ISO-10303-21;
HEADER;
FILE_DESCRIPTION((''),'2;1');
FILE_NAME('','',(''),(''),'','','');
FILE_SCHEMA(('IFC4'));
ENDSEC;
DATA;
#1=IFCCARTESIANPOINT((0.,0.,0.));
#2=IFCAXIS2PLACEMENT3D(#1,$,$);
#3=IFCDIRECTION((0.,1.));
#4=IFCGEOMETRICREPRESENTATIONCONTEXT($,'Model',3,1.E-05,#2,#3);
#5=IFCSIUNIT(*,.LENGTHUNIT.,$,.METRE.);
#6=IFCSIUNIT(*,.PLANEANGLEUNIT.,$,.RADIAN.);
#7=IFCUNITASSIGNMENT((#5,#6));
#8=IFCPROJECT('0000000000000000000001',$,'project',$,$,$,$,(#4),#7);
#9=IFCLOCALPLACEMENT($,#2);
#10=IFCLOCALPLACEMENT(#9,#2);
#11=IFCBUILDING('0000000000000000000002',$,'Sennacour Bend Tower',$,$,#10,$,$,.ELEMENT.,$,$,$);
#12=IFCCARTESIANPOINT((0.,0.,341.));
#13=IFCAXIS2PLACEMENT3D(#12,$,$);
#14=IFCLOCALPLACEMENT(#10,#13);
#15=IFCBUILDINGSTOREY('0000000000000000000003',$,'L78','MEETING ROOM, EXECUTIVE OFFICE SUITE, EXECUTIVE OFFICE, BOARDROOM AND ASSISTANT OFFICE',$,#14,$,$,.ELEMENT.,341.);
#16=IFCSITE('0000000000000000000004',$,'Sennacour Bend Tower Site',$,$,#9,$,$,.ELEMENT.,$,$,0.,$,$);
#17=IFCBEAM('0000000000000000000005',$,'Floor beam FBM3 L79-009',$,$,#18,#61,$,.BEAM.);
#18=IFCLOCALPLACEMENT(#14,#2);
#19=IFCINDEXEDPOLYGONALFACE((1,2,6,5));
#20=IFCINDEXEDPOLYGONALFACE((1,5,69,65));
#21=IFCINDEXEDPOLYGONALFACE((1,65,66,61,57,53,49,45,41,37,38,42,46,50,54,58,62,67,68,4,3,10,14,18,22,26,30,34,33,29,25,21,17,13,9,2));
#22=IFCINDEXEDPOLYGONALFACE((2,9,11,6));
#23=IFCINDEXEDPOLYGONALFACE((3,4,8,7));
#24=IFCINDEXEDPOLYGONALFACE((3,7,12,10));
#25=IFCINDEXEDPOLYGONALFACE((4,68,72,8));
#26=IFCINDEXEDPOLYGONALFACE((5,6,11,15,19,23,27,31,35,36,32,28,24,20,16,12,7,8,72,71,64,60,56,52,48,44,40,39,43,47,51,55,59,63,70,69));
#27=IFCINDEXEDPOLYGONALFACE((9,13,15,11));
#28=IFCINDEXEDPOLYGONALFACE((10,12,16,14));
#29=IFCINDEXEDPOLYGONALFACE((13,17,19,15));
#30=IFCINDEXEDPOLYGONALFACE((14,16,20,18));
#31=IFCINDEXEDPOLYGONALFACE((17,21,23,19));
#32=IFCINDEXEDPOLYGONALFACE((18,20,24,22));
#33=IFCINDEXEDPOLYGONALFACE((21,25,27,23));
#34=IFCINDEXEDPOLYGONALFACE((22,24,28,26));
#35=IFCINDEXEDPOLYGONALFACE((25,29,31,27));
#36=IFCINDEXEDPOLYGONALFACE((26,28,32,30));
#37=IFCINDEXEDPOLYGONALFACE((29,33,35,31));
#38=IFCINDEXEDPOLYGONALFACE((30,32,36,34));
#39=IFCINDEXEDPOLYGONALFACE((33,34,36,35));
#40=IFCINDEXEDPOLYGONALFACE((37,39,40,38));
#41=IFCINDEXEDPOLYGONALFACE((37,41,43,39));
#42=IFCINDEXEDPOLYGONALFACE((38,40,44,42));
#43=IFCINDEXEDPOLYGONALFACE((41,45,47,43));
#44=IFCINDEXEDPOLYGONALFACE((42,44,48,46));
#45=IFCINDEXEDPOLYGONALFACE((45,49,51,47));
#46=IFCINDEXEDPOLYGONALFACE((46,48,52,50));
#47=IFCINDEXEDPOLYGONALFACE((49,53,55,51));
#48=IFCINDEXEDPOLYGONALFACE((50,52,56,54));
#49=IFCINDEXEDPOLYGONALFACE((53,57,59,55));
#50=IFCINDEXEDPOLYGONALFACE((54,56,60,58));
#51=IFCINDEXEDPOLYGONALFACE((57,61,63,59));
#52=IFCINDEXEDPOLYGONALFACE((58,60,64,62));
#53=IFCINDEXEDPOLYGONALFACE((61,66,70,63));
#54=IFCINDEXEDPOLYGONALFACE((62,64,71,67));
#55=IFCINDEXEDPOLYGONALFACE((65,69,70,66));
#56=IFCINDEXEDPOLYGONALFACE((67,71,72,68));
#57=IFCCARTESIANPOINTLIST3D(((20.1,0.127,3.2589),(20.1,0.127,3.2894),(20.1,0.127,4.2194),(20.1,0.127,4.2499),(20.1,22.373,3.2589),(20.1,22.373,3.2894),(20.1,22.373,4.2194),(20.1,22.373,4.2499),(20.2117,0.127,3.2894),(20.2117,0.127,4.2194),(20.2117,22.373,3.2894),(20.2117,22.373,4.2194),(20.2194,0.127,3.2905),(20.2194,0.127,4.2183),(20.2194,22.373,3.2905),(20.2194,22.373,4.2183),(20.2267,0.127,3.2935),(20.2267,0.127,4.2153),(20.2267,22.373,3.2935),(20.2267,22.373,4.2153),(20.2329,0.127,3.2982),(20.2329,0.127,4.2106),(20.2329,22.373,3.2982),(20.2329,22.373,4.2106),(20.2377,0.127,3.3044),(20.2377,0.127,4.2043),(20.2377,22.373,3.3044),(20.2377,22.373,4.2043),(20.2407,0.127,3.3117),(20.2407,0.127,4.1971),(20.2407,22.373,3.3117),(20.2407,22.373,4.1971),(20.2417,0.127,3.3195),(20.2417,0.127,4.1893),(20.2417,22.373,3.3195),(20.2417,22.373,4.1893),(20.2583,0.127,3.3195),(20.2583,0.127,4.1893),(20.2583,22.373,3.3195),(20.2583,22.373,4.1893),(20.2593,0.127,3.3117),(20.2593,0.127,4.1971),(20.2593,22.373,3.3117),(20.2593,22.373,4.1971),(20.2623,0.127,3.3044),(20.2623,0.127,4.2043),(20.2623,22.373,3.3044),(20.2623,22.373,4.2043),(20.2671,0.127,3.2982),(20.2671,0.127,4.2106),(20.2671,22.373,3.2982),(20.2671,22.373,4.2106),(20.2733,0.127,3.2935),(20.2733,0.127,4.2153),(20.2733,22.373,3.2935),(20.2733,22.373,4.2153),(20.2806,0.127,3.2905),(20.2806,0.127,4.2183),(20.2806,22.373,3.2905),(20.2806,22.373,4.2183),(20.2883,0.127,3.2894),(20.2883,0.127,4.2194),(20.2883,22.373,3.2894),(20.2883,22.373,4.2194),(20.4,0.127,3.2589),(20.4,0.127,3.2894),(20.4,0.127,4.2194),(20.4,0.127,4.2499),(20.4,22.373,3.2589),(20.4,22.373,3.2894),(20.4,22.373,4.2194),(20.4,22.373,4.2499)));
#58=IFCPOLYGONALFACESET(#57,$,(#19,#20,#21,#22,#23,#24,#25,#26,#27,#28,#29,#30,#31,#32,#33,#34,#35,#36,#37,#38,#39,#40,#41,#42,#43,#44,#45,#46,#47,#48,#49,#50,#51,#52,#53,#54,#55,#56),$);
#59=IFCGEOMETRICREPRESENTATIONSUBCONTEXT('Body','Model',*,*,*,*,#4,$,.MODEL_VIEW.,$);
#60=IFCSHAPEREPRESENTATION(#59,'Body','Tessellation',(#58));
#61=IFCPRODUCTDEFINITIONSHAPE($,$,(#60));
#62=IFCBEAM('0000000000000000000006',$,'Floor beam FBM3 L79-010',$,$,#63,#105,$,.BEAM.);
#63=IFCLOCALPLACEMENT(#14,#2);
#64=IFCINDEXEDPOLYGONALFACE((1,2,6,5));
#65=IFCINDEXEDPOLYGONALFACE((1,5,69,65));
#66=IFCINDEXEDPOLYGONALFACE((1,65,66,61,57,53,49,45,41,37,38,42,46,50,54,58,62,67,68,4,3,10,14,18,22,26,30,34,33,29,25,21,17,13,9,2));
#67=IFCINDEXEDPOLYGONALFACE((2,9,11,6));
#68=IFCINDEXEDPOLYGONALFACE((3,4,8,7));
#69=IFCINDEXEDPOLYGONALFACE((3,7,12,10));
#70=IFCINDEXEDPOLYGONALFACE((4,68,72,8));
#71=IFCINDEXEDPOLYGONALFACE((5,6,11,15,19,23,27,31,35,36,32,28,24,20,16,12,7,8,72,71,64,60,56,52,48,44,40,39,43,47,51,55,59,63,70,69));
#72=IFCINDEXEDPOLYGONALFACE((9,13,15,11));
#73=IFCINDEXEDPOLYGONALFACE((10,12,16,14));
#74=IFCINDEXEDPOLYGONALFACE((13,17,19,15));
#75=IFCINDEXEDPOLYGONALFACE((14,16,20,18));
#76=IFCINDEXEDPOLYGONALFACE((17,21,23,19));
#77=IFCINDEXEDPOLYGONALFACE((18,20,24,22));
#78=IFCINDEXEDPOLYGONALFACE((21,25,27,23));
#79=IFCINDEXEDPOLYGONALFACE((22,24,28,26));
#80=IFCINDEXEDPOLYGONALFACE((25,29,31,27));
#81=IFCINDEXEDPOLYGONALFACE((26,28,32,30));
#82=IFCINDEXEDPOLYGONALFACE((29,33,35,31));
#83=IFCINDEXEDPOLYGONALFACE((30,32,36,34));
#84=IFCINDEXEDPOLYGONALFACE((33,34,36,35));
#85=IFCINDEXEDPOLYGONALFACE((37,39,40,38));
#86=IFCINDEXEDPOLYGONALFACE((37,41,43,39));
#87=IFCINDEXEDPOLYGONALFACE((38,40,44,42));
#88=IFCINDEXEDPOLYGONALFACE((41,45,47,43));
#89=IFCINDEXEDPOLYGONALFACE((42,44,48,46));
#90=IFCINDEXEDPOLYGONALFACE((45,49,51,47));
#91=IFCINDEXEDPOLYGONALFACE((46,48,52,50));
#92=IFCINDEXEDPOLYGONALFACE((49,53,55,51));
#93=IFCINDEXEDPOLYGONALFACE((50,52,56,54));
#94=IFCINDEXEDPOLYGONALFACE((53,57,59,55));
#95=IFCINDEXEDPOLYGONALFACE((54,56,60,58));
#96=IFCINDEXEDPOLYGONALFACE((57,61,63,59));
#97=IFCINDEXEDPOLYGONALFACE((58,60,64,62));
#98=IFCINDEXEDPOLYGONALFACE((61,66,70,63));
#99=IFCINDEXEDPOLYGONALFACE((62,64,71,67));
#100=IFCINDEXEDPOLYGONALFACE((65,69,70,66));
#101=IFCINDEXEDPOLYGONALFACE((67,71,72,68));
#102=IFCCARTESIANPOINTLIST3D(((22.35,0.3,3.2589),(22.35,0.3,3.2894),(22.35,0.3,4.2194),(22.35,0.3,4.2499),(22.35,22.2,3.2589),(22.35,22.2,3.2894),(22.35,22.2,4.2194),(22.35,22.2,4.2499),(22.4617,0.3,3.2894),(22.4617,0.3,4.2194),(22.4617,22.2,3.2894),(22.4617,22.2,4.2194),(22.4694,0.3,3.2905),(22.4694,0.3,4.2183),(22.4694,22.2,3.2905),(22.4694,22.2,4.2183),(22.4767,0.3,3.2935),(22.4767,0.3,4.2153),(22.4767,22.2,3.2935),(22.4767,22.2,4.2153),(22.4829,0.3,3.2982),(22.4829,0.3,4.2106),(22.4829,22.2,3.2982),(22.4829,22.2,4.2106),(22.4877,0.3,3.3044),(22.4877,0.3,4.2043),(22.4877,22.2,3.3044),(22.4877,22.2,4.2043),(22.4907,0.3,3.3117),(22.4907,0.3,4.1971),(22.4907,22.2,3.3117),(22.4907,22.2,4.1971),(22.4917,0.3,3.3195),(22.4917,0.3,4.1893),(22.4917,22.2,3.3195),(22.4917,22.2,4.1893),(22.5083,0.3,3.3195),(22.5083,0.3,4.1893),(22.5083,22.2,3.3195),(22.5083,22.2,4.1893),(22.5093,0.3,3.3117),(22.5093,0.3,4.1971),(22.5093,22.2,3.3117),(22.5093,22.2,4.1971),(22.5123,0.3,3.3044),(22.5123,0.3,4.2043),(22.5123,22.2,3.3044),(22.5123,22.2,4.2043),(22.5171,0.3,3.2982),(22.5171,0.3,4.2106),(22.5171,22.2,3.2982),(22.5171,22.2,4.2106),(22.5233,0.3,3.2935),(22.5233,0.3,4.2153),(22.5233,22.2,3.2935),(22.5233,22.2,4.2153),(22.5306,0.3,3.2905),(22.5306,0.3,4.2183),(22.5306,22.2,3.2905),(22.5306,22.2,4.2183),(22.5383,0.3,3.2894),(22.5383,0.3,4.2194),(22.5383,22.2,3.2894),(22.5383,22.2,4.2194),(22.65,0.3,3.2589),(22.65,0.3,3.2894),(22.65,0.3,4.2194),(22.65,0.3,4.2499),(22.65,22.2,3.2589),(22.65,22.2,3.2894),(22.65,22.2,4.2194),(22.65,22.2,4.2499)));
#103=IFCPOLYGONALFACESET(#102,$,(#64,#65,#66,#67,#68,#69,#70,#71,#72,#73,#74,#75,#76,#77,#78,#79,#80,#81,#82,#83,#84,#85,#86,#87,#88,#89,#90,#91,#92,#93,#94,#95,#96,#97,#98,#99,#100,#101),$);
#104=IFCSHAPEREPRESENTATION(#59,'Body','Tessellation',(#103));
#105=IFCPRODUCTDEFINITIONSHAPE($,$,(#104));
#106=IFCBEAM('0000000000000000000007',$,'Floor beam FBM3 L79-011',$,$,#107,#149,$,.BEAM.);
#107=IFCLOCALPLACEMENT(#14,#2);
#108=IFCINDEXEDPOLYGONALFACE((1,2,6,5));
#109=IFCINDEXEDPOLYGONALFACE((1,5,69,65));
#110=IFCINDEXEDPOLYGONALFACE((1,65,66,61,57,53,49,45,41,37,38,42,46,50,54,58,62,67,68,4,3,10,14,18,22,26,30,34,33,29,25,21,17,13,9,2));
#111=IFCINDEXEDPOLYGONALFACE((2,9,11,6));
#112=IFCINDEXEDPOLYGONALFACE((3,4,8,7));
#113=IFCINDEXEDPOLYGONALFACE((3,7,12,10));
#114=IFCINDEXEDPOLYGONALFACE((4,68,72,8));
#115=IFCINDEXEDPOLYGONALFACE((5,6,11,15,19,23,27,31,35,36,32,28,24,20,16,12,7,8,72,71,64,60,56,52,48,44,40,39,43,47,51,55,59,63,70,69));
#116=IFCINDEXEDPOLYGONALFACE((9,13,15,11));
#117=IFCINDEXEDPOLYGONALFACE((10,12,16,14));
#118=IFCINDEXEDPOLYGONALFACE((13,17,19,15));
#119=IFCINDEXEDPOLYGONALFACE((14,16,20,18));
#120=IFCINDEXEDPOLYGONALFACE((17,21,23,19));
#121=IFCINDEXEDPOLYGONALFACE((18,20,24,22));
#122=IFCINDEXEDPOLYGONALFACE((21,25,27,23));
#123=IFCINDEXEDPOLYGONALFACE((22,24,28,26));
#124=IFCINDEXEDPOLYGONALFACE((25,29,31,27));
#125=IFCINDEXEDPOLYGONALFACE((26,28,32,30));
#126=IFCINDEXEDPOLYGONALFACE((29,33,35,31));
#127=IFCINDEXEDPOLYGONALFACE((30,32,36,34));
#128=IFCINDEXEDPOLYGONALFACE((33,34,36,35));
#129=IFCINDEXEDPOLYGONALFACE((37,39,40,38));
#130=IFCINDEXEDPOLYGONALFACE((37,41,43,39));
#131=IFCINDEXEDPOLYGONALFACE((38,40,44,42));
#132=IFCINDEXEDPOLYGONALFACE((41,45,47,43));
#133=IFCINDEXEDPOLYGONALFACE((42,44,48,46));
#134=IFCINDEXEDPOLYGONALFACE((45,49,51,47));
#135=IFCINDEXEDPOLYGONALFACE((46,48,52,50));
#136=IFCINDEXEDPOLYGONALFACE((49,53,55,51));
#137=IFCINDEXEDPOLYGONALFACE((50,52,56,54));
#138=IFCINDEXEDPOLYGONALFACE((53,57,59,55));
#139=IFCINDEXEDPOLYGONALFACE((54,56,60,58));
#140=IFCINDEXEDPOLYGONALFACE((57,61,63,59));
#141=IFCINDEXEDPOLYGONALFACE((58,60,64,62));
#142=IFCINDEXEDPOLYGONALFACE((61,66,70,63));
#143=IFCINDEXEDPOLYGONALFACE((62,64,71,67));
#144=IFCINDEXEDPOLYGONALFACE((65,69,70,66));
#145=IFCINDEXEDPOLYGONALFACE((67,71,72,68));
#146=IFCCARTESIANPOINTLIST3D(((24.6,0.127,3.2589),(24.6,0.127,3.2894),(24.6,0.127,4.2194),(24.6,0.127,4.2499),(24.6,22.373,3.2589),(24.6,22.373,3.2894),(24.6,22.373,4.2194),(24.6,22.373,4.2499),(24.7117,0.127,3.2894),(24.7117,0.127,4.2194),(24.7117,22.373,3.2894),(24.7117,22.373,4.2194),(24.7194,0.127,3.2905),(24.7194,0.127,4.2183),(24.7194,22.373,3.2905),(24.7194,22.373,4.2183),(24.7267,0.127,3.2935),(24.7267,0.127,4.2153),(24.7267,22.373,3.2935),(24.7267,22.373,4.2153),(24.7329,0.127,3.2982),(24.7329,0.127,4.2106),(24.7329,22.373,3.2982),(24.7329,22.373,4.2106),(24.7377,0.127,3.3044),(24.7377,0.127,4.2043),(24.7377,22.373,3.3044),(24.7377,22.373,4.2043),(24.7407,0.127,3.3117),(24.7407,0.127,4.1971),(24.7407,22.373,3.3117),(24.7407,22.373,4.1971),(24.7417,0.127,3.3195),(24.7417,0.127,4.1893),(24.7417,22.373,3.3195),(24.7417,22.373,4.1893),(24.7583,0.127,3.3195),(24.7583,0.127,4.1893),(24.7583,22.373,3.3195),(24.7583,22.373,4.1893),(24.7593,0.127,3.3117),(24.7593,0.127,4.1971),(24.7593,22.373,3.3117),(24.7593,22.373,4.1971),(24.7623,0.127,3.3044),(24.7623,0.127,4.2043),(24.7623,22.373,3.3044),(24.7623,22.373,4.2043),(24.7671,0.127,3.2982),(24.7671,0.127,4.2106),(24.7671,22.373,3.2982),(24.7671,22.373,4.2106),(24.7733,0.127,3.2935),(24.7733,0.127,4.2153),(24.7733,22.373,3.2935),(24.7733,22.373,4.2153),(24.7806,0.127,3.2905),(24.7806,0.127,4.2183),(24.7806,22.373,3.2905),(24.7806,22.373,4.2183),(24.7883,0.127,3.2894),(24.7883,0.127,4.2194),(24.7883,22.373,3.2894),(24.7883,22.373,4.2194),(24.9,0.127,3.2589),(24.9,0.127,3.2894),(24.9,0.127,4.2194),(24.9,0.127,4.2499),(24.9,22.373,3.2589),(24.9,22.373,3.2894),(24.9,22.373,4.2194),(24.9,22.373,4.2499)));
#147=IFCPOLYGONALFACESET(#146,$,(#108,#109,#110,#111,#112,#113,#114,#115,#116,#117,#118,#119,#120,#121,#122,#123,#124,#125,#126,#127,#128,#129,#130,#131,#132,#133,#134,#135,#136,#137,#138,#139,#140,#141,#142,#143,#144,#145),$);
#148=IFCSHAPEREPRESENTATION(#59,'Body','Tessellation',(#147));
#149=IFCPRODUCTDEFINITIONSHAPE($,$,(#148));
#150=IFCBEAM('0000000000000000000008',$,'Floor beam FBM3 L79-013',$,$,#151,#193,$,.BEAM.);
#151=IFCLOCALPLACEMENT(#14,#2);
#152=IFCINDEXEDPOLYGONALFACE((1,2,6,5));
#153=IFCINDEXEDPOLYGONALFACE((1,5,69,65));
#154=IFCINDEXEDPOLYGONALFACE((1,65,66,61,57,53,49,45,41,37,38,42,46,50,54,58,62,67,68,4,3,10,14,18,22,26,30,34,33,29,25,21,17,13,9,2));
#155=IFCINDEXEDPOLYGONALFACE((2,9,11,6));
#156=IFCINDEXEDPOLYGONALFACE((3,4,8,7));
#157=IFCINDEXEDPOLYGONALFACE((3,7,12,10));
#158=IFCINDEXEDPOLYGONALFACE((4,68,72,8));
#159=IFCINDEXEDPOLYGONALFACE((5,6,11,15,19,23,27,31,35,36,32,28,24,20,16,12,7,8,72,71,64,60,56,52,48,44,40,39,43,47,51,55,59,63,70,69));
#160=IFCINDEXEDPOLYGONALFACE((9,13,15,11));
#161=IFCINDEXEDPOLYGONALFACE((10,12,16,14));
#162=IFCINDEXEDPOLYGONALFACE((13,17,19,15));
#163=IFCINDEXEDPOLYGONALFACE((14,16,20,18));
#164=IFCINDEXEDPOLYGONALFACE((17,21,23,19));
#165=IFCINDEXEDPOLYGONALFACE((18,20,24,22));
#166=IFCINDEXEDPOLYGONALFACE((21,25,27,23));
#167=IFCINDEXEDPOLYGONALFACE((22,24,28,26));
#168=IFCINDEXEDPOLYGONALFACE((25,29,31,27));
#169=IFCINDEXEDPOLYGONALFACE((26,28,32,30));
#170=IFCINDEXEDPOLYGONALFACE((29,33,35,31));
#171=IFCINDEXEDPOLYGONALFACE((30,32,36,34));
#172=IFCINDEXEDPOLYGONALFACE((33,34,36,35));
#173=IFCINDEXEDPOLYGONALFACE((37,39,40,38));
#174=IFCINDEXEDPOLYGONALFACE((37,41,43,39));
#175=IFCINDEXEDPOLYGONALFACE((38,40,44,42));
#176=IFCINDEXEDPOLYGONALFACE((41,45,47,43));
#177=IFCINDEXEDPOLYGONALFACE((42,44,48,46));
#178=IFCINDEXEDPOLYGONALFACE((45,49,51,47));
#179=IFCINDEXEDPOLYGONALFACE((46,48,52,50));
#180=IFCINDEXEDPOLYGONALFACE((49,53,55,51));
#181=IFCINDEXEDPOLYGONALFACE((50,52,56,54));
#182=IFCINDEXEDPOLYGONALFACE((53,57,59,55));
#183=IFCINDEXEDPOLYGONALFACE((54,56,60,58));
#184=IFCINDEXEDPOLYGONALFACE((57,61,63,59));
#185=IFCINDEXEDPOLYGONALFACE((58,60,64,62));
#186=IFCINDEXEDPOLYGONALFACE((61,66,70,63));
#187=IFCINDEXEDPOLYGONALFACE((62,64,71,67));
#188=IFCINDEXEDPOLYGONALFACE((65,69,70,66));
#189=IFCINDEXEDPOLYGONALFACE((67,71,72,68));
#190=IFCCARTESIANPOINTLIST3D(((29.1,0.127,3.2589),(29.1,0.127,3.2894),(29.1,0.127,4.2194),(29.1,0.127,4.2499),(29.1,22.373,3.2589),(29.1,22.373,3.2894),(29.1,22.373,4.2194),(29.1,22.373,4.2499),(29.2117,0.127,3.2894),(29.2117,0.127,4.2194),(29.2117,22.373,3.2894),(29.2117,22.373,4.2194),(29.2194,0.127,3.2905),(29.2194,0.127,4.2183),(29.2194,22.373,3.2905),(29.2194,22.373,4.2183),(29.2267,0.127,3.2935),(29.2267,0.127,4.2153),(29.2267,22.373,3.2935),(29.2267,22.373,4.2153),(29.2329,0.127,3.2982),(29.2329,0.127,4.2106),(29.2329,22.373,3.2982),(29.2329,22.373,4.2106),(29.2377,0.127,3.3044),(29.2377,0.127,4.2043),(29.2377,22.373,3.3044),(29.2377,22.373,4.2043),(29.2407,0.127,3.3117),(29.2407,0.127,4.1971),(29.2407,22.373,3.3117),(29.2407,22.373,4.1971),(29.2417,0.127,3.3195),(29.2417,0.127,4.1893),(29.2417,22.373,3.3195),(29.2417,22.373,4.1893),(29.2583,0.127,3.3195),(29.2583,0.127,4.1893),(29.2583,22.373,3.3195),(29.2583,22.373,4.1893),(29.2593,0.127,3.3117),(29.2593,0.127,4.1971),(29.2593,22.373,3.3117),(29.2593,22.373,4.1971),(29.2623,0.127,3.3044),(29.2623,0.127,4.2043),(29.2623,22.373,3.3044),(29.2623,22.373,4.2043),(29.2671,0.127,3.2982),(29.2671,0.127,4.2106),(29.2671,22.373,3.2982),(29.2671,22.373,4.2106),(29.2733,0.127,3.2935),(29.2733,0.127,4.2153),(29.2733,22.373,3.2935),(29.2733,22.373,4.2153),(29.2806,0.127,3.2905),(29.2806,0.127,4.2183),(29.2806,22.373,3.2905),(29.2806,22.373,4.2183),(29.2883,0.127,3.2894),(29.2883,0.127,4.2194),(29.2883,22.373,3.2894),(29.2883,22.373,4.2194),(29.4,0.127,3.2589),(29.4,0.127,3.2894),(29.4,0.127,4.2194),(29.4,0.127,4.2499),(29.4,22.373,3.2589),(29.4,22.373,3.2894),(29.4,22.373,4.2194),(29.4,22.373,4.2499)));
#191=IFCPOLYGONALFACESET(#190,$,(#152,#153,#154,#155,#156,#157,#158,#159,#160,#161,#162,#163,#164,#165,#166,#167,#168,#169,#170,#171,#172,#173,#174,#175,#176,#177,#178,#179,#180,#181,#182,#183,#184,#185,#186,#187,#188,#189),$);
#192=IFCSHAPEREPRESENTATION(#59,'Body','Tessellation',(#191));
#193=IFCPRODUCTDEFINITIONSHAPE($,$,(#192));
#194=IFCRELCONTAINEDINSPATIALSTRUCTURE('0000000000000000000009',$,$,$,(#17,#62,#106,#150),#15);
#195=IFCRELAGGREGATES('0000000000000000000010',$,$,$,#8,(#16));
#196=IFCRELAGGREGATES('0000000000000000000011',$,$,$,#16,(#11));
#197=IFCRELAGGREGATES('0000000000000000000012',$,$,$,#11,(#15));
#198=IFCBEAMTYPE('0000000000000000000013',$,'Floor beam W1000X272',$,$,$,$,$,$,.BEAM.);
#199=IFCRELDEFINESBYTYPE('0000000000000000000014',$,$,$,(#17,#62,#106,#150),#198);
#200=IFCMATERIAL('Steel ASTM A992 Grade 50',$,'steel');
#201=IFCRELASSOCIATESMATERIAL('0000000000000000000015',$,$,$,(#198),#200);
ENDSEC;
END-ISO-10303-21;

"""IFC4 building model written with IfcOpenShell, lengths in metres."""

from ifc_helpers import new_model, si_unit, direction, frame, origin, origin_2d, place, context, subcontext, project, spatial, i_section, extrude, material, material_profile, profile_set, type_object, element, save


model = new_model("IFC4")

# Units and contexts
model_context = context("Model", 3, precision=1e-05, world=origin(), true_north=direction((0.0, 1.0)))
body_context = subcontext(model_context, "Body", "Model", "MODEL_VIEW")
ifc_project = project(units=[si_unit("LENGTHUNIT", "METRE"), si_unit("PLANEANGLEUNIT", "RADIAN")], contexts=[model_context])

# Site, building, storey
site_placement = place(None, origin())
site = spatial("IfcSite", under=ifc_project, at=site_placement, Name="Sennacour Bend Tower Site", CompositionType="ELEMENT", RefElevation=0.0)
building_placement = place(site_placement, origin())
building = spatial("IfcBuilding", under=site, at=building_placement, Name="Sennacour Bend Tower", CompositionType="ELEMENT")
storey_placement = place(building_placement, frame((0.0, 0.0, 341.0)))
storey = spatial("IfcBuildingStorey", under=building, at=storey_placement, Name="L78", Description="MEETING ROOM, EXECUTIVE OFFICE SUITE, EXECUTIVE OFFICE, BOARDROOM AND ASSISTANT OFFICE", CompositionType="ELEMENT", Elevation=341.0)

# Beams
ifc_material_1 = material(Name="Steel ASTM A992 Grade 50", Category="steel")
ifc_material_profile_1 = material_profile(ifc_material_1, i_section(OverallWidth=0.3, OverallDepth=0.991, WebThickness=0.0166, FlangeThickness=0.0305, FilletRadius=0.03, at=origin_2d()), Name="Steel ASTM A992 Grade 50", Category="steel")
ifc_profile_set_1 = profile_set([ifc_material_profile_1], Name="Steel ASTM A992 Grade 50")
beam_type_1 = type_object("IfcBeamType", Name="Floor beam W1000X272", PredefinedType="BEAM", material=ifc_profile_set_1)
beam_1_placement = place(storey_placement, frame((20.25, 0.127, 3.7544), z_axis=(0.0, 1.0, 0.0), x_axis=(-1.0, 0.0, 0.0)))
element("IfcBeam", 1, at=beam_1_placement, inside=storey, type_object=beam_type_1, Name="Floor beam FBM3 L79-009", PredefinedType="BEAM", context=body_context, shape_type="SweptSolid", body=[
    extrude(i_section(OverallWidth=0.3, OverallDepth=0.991, WebThickness=0.0166, FlangeThickness=0.0305, FilletRadius=0.03, at=origin_2d()), origin(), (0.0, 0.0, 1.0), 22.2461),
])
beam_2_placement = place(storey_placement, frame((22.5, 0.3, 3.7544), z_axis=(0.0, 1.0, 0.0), x_axis=(-1.0, 0.0, 0.0)))
element("IfcBeam", 2, at=beam_2_placement, inside=storey, type_object=beam_type_1, Name="Floor beam FBM3 L79-010", PredefinedType="BEAM", context=body_context, shape_type="SweptSolid", body=[
    extrude(i_section(OverallWidth=0.3, OverallDepth=0.991, WebThickness=0.0166, FlangeThickness=0.0305, FilletRadius=0.03, at=origin_2d()), origin(), (0.0, 0.0, 1.0), 21.8999),
])
for number, where, z_axis, x_axis, name in (
    (3, (24.75, 0.127, 3.7544), (0.0, 1.0, 0.0), (-1.0, 0.0, 0.0), "Floor beam FBM3 L79-011"),
    (4, (29.25, 0.127, 3.7544), (0.0, 1.0, 0.0), (-1.0, 0.0, 0.0), "Floor beam FBM3 L79-013"),
):
    element("IfcBeam", number, at=place(storey_placement, frame(where, z_axis=z_axis, x_axis=x_axis)), inside=storey, type_object=beam_type_1, Name=name, PredefinedType="BEAM", context=body_context, shape_type="SweptSolid", body=[
        extrude(i_section(OverallWidth=0.3, OverallDepth=0.991, WebThickness=0.0166, FlangeThickness=0.0305, FilletRadius=0.03, at=origin_2d()), origin(), (0.0, 0.0, 1.0), 22.2461),
    ])

save(model, "model.ifc")
